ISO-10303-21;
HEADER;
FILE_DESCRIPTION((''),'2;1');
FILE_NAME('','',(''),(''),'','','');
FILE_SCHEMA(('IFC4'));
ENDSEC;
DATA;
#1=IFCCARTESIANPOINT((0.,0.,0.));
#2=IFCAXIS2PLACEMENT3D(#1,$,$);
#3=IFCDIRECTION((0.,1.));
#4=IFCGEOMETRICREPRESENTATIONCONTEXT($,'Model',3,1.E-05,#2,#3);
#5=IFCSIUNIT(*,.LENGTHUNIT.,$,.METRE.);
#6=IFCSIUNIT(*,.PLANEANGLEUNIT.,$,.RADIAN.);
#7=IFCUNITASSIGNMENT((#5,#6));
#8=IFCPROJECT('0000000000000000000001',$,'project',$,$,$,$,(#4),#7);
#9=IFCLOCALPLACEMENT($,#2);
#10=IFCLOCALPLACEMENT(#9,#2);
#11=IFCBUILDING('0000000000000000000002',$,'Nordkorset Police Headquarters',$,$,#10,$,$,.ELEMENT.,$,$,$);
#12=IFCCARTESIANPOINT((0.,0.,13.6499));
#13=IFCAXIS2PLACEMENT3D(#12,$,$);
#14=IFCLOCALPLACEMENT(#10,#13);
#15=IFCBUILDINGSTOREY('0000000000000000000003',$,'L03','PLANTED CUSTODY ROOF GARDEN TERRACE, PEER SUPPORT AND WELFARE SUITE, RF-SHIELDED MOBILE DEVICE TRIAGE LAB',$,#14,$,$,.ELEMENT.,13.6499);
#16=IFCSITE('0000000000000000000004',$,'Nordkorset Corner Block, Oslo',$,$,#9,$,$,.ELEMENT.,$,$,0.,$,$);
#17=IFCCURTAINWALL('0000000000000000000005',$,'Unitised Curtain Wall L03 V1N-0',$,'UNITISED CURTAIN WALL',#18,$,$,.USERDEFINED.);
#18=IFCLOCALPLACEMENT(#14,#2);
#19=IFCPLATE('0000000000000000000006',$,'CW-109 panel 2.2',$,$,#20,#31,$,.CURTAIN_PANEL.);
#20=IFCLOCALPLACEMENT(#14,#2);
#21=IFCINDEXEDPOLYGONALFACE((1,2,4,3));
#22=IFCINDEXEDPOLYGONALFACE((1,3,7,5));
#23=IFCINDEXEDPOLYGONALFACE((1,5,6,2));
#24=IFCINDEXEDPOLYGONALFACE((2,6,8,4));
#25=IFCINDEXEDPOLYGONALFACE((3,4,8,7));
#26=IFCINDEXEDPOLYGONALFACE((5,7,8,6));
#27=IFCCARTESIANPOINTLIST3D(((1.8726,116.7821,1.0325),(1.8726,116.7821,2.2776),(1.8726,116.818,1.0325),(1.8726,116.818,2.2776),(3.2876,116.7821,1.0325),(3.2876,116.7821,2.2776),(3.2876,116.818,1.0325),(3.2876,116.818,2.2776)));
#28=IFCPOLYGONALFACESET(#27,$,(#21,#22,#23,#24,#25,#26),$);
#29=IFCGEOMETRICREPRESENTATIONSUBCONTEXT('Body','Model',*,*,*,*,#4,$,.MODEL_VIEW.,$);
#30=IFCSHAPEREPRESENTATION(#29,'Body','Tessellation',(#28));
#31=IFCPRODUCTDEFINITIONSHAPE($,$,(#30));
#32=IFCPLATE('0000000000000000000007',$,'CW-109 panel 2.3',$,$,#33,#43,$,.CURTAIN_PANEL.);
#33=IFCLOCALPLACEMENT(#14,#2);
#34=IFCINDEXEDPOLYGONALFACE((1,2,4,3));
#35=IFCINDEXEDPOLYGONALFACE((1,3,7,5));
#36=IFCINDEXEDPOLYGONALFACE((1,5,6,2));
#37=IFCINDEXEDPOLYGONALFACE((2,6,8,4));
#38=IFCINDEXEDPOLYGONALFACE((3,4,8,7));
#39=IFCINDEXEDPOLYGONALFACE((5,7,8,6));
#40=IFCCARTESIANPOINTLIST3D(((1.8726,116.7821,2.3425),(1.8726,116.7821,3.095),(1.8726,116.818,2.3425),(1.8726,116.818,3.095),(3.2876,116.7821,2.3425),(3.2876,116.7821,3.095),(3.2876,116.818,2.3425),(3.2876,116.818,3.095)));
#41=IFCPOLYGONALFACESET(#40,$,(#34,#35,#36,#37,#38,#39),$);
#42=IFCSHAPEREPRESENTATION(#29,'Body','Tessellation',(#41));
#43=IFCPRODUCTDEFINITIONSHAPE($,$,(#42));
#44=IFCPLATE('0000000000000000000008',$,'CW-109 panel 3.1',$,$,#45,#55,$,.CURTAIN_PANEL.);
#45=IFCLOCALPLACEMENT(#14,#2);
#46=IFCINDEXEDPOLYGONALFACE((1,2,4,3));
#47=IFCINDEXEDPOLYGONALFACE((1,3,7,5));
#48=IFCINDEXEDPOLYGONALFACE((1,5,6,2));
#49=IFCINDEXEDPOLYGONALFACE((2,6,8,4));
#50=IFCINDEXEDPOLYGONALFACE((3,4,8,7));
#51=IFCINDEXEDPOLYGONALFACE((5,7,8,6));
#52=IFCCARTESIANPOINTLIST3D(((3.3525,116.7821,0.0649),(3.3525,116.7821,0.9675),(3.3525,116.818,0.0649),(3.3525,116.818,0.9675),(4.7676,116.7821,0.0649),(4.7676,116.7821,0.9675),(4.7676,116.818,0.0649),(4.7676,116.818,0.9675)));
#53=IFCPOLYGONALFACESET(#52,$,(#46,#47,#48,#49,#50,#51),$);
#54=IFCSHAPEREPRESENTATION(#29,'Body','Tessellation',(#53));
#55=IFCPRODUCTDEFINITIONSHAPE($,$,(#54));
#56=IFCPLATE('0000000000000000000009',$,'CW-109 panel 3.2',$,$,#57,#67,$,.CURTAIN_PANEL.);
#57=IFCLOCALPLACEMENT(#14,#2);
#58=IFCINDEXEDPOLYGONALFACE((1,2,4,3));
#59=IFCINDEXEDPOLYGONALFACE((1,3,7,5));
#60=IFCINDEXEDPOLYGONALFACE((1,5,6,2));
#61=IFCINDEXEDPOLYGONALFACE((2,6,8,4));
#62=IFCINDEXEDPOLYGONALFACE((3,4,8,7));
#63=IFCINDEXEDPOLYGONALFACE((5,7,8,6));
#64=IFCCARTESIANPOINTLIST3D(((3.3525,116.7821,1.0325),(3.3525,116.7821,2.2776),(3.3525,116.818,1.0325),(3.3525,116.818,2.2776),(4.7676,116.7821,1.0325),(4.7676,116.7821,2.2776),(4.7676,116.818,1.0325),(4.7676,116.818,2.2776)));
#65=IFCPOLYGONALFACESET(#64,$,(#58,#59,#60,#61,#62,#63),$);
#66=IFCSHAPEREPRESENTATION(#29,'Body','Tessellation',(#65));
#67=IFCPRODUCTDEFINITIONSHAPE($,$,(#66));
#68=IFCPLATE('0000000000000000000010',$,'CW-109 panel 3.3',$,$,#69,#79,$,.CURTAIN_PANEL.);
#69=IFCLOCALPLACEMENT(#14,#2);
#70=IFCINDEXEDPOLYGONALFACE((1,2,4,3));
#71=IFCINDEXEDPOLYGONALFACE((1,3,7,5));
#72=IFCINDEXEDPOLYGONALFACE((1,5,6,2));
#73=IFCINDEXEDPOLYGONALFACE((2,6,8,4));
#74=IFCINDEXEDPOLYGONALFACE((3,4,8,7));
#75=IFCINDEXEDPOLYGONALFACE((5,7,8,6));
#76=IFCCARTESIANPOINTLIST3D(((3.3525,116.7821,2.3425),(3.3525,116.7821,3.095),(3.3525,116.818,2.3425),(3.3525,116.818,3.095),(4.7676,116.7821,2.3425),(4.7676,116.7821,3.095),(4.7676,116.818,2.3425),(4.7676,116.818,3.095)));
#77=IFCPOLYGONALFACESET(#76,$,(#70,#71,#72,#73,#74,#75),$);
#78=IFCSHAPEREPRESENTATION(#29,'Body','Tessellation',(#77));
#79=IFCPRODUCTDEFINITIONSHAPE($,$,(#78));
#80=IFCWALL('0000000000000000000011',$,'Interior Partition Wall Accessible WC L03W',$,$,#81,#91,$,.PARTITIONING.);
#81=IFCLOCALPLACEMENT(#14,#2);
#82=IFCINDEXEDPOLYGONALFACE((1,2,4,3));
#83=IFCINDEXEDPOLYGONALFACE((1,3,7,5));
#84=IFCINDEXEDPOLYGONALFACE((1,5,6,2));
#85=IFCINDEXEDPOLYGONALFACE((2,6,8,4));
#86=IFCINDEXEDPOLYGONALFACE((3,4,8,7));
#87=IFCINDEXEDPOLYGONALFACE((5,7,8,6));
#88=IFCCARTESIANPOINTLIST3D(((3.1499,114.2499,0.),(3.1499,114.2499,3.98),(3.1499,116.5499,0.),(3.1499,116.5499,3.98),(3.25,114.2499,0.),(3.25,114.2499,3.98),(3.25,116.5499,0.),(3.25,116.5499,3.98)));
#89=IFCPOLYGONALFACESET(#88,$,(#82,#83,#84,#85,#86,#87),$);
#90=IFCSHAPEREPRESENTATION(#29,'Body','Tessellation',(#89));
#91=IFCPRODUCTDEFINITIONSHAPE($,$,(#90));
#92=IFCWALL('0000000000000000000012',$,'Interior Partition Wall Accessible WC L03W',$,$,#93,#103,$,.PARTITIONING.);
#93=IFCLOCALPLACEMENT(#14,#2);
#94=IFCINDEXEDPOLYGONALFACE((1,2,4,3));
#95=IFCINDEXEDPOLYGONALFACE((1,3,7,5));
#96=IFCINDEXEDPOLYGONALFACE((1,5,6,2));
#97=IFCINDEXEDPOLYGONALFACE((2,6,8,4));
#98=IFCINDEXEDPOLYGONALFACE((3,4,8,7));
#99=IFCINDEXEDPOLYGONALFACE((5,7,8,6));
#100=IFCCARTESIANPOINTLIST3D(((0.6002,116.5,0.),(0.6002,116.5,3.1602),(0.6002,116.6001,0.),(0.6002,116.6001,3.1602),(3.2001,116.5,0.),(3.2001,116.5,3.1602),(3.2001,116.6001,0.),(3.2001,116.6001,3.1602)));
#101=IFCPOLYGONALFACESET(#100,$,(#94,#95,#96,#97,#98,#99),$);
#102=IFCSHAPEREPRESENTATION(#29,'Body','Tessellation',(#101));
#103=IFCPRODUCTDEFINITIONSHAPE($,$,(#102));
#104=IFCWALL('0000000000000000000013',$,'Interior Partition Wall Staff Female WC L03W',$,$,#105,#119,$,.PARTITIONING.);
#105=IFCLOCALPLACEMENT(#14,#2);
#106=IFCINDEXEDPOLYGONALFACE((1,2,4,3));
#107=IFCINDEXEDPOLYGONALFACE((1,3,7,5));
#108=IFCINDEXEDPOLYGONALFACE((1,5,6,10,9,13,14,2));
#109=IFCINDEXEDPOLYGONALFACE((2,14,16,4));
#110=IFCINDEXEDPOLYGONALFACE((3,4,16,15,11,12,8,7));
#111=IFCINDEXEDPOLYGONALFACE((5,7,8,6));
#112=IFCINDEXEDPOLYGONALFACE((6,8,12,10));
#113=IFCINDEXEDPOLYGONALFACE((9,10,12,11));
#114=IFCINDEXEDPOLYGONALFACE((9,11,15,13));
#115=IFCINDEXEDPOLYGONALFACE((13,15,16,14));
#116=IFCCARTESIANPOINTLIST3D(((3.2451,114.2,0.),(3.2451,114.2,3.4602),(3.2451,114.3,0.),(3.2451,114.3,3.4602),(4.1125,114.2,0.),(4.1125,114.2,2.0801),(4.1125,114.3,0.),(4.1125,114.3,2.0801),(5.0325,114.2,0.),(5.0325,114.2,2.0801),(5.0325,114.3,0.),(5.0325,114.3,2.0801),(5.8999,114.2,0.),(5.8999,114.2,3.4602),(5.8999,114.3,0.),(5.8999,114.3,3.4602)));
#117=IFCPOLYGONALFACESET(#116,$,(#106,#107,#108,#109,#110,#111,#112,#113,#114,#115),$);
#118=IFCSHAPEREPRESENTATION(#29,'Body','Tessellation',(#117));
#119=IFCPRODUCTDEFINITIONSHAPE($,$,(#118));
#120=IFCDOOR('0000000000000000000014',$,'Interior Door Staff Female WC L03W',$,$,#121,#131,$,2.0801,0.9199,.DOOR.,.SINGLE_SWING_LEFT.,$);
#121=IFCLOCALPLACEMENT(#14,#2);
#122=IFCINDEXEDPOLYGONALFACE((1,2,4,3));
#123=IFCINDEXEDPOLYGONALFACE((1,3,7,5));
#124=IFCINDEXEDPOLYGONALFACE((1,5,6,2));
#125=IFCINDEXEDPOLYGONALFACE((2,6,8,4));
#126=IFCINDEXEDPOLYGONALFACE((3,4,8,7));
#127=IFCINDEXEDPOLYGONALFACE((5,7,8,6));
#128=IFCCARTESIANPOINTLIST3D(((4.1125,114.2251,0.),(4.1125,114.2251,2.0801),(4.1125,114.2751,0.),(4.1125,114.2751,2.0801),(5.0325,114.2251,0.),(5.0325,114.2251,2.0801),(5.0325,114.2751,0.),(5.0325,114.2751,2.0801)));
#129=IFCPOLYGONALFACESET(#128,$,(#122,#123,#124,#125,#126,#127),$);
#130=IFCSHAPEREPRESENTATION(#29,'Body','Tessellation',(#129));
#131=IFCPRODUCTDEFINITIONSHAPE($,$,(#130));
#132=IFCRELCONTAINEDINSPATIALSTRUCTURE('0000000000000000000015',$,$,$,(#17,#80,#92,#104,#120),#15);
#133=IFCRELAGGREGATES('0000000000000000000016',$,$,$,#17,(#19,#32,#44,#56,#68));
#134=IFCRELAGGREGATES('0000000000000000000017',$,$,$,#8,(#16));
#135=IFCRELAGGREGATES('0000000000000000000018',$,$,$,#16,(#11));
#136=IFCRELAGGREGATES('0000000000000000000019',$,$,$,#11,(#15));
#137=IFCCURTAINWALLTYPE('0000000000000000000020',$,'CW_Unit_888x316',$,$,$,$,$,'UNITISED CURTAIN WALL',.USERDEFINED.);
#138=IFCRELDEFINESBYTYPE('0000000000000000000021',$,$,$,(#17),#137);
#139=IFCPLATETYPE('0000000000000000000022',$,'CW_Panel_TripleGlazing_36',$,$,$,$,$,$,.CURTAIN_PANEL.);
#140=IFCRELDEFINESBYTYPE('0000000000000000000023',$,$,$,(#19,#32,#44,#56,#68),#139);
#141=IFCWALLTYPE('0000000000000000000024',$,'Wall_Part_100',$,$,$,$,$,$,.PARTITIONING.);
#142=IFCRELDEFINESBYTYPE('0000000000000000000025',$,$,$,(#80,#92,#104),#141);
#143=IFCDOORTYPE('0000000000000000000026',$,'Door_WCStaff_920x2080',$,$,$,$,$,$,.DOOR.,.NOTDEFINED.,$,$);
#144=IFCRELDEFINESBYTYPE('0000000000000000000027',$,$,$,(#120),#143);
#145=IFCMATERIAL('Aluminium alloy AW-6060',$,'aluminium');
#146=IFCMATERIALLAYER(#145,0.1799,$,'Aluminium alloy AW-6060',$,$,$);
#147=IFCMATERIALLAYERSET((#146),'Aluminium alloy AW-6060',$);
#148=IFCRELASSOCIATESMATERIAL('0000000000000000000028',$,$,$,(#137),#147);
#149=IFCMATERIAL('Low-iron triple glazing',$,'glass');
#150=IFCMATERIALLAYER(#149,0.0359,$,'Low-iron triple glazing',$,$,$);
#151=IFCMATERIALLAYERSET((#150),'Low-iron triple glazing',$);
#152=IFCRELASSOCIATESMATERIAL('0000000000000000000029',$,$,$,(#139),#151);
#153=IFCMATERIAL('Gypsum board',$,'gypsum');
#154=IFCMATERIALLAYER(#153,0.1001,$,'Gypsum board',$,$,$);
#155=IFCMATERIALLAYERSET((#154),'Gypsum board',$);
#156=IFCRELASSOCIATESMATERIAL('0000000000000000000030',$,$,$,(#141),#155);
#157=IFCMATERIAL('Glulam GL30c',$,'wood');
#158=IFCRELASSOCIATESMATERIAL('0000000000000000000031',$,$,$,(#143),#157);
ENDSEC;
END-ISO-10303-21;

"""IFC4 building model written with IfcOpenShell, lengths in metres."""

from ifc_helpers import new_model, si_unit, direction, frame, frame_2d, origin, origin_2d, place, context, subcontext, project, spatial, rectangle, extrude, material, layer, layer_set, type_object, element, fill, aggregate, save


model = new_model("IFC4")

# Units and contexts
model_context = context("Model", 3, precision=1e-05, world=origin(), true_north=direction((0.0, 1.0)))
body_context = subcontext(model_context, "Body", "Model", "MODEL_VIEW")
ifc_project = project(units=[si_unit("LENGTHUNIT", "METRE"), si_unit("PLANEANGLEUNIT", "RADIAN")], contexts=[model_context])

# Site, building, storey
site_placement = place(None, origin())
site = spatial("IfcSite", under=ifc_project, at=site_placement, Name="Nordkorset Corner Block, Oslo", CompositionType="ELEMENT", RefElevation=0.0)
building_placement = place(site_placement, origin())
building = spatial("IfcBuilding", under=site, at=building_placement, Name="Nordkorset Police Headquarters", CompositionType="ELEMENT")
storey_placement = place(building_placement, frame((0.0, 0.0, 13.6499)))
storey = spatial("IfcBuildingStorey", under=building, at=storey_placement, Name="L03", Description="PLANTED CUSTODY ROOF GARDEN TERRACE, PEER SUPPORT AND WELFARE SUITE, RF-SHIELDED MOBILE DEVICE TRIAGE LAB", CompositionType="ELEMENT", Elevation=13.6499)

# Curtain wall, plates
ifc_material_1 = material(Name="Aluminium alloy AW-6060", Category="aluminium")
ifc_layer_1 = layer(ifc_material_1, 0.1799, Name="Aluminium alloy AW-6060")
ifc_layer_set_1 = layer_set([ifc_layer_1], Name="Aluminium alloy AW-6060")
curtain_wall_type = type_object("IfcCurtainWallType", Name="CW_Unit_888x316", ElementType="UNITISED CURTAIN WALL", PredefinedType="USERDEFINED", material=ifc_layer_set_1)
curtain_wall_placement = place(storey_placement, origin())
curtain_wall = element("IfcCurtainWall", 1, at=curtain_wall_placement, inside=storey, type_object=curtain_wall_type, Name="Unitised Curtain Wall L03 V1N-0", ObjectType="UNITISED CURTAIN WALL", PredefinedType="USERDEFINED")
ifc_material_2 = material(Name="Low-iron triple glazing", Category="glass")
ifc_layer_2 = layer(ifc_material_2, 0.0359, Name="Low-iron triple glazing")
ifc_layer_set_2 = layer_set([ifc_layer_2], Name="Low-iron triple glazing")
plate_type = type_object("IfcPlateType", Name="CW_Panel_TripleGlazing_36", PredefinedType="CURTAIN_PANEL", material=ifc_layer_set_2)
plate_1_placement = place(storey_placement, frame((2.5801, 116.8, 1.0325), z_axis=(0.0, 0.0, 1.0), x_axis=(1.0, 0.0, 0.0)))
plate_1 = element("IfcPlate", 2, at=plate_1_placement, type_object=plate_type, Name="CW-109 panel 2.2", PredefinedType="CURTAIN_PANEL", context=body_context, shape_type="SweptSolid", body=[
    extrude(rectangle(XDim=1.415, YDim=0.0359, at=origin_2d()), origin(), (0.0, 0.0, 1.0), 1.2451),
])
plate_2_placement = place(storey_placement, frame((2.5801, 116.8, 2.3425), z_axis=(0.0, 0.0, 1.0), x_axis=(1.0, 0.0, 0.0)))
plate_2 = element("IfcPlate", 3, at=plate_2_placement, type_object=plate_type, Name="CW-109 panel 2.3", PredefinedType="CURTAIN_PANEL", context=body_context, shape_type="SweptSolid", body=[
    extrude(rectangle(XDim=1.415, YDim=0.0359, at=origin_2d()), origin(), (0.0, 0.0, 1.0), 0.7524),
])
plate_3_placement = place(storey_placement, frame((4.0601, 116.8, 0.0649), z_axis=(0.0, 0.0, 1.0), x_axis=(1.0, 0.0, 0.0)))
plate_3 = element("IfcPlate", 4, at=plate_3_placement, type_object=plate_type, Name="CW-109 panel 3.1", PredefinedType="CURTAIN_PANEL", context=body_context, shape_type="SweptSolid", body=[
    extrude(rectangle(XDim=1.415, YDim=0.0359, at=origin_2d()), origin(), (0.0, 0.0, 1.0), 0.9026),
])
plate_4_placement = place(storey_placement, frame((4.0601, 116.8, 1.0325), z_axis=(0.0, 0.0, 1.0), x_axis=(1.0, 0.0, 0.0)))
plate_4 = element("IfcPlate", 5, at=plate_4_placement, type_object=plate_type, Name="CW-109 panel 3.2", PredefinedType="CURTAIN_PANEL", context=body_context, shape_type="SweptSolid", body=[
    extrude(rectangle(XDim=1.415, YDim=0.0359, at=origin_2d()), origin(), (0.0, 0.0, 1.0), 1.2451),
])
plate_5_placement = place(storey_placement, frame((4.0601, 116.8, 2.3425), z_axis=(0.0, 0.0, 1.0), x_axis=(1.0, 0.0, 0.0)))
plate_5 = element("IfcPlate", 6, at=plate_5_placement, type_object=plate_type, Name="CW-109 panel 3.3", PredefinedType="CURTAIN_PANEL", context=body_context, shape_type="SweptSolid", body=[
    extrude(rectangle(XDim=1.415, YDim=0.0359, at=origin_2d()), origin(), (0.0, 0.0, 1.0), 0.7524),
])
aggregate(curtain_wall, [plate_1, plate_2, plate_3, plate_4, plate_5])

# Walls
ifc_material_3 = material(Name="Gypsum board", Category="gypsum")
ifc_layer_3 = layer(ifc_material_3, 0.1001, Name="Gypsum board")
ifc_layer_set_3 = layer_set([ifc_layer_3], Name="Gypsum board")
wall_type = type_object("IfcWallType", Name="Wall_Part_100", PredefinedType="PARTITIONING", material=ifc_layer_set_3)
wall_1_placement = place(storey_placement, frame((3.2, 114.25, 0.0), z_axis=(0.0, 0.0, 1.0), x_axis=(0.0, 1.0, 0.0)))
element("IfcWall", 7, at=wall_1_placement, inside=storey, type_object=wall_type, Name="Interior Partition Wall Accessible WC L03W", PredefinedType="PARTITIONING", context=body_context, shape_type="SweptSolid", body=[
    extrude(rectangle(XDim=2.3, YDim=0.1001, at=frame_2d((1.1499, 0.0))), origin(), (0.0, 0.0, 1.0), 3.98),
])
wall_2_placement = place(storey_placement, frame((3.2, 116.55, 0.0), z_axis=(0.0, 0.0, 1.0), x_axis=(-1.0, 0.0, 0.0)))
element("IfcWall", 8, at=wall_2_placement, inside=storey, type_object=wall_type, Name="Interior Partition Wall Accessible WC L03W", PredefinedType="PARTITIONING", context=body_context, shape_type="SweptSolid", body=[
    extrude(rectangle(XDim=2.5999, YDim=0.1001, at=frame_2d((1.2998, 0.0))), origin(), (0.0, 0.0, 1.0), 3.1602),
])

# Wall, opening, door
wall_3_placement = place(storey_placement, frame((3.2451, 114.25, 0.0), z_axis=(0.0, 0.0, 1.0), x_axis=(1.0, 0.0, 0.0)))
wall_3 = element("IfcWall", 9, at=wall_3_placement, inside=storey, type_object=wall_type, Name="Interior Partition Wall Staff Female WC L03W", PredefinedType="PARTITIONING", context=body_context, shape_type="SweptSolid", body=[
    extrude(rectangle(XDim=2.6548, YDim=0.1001, at=frame_2d((1.3274, 0.0))), origin(), (0.0, 0.0, 1.0), 3.4602),
])
opening_placement = place(wall_3_placement, frame((0.8674, 0.0, 0.0)))
opening = element("IfcOpeningElement", 10, at=opening_placement, cuts=wall_3, PredefinedType="OPENING", context=body_context, shape_type="SweptSolid", body=[
    extrude(rectangle(XDim=0.9199, YDim=2.0801, at=frame_2d((0.46, 1.04))), frame((0.0, 0.0601, 0.0), z_axis=(0.0, -1.0, 0.0), x_axis=(1.0, 0.0, 0.0)), (0.0, 0.0, 1.0), 0.1201),
])
ifc_material_4 = material(Name="Glulam GL30c", Category="wood")
door_type = type_object("IfcDoorType", Name="Door_WCStaff_920x2080", OperationType="NOTDEFINED", PredefinedType="DOOR", material=ifc_material_4)
door_placement = place(opening_placement, frame((0.9199, 0.0, 0.0), z_axis=(0.0, 0.0, 1.0), x_axis=(-1.0, 0.0, 0.0)))
door = element("IfcDoor", 11, at=door_placement, inside=storey, type_object=door_type, Name="Interior Door Staff Female WC L03W", OperationType="SINGLE_SWING_LEFT", OverallHeight=2.0801, OverallWidth=0.9199, PredefinedType="DOOR", context=body_context, shape_type="SweptSolid", body=[
    extrude(rectangle(XDim=0.9199, YDim=2.0801, at=frame_2d((0.46, 1.04))), frame((0.0, 0.0249, 0.0), z_axis=(0.0, -1.0, 0.0), x_axis=(1.0, 0.0, 0.0)), (0.0, 0.0, 1.0), 0.05),
])
fill(opening, door)

save(model, "model.ifc")
